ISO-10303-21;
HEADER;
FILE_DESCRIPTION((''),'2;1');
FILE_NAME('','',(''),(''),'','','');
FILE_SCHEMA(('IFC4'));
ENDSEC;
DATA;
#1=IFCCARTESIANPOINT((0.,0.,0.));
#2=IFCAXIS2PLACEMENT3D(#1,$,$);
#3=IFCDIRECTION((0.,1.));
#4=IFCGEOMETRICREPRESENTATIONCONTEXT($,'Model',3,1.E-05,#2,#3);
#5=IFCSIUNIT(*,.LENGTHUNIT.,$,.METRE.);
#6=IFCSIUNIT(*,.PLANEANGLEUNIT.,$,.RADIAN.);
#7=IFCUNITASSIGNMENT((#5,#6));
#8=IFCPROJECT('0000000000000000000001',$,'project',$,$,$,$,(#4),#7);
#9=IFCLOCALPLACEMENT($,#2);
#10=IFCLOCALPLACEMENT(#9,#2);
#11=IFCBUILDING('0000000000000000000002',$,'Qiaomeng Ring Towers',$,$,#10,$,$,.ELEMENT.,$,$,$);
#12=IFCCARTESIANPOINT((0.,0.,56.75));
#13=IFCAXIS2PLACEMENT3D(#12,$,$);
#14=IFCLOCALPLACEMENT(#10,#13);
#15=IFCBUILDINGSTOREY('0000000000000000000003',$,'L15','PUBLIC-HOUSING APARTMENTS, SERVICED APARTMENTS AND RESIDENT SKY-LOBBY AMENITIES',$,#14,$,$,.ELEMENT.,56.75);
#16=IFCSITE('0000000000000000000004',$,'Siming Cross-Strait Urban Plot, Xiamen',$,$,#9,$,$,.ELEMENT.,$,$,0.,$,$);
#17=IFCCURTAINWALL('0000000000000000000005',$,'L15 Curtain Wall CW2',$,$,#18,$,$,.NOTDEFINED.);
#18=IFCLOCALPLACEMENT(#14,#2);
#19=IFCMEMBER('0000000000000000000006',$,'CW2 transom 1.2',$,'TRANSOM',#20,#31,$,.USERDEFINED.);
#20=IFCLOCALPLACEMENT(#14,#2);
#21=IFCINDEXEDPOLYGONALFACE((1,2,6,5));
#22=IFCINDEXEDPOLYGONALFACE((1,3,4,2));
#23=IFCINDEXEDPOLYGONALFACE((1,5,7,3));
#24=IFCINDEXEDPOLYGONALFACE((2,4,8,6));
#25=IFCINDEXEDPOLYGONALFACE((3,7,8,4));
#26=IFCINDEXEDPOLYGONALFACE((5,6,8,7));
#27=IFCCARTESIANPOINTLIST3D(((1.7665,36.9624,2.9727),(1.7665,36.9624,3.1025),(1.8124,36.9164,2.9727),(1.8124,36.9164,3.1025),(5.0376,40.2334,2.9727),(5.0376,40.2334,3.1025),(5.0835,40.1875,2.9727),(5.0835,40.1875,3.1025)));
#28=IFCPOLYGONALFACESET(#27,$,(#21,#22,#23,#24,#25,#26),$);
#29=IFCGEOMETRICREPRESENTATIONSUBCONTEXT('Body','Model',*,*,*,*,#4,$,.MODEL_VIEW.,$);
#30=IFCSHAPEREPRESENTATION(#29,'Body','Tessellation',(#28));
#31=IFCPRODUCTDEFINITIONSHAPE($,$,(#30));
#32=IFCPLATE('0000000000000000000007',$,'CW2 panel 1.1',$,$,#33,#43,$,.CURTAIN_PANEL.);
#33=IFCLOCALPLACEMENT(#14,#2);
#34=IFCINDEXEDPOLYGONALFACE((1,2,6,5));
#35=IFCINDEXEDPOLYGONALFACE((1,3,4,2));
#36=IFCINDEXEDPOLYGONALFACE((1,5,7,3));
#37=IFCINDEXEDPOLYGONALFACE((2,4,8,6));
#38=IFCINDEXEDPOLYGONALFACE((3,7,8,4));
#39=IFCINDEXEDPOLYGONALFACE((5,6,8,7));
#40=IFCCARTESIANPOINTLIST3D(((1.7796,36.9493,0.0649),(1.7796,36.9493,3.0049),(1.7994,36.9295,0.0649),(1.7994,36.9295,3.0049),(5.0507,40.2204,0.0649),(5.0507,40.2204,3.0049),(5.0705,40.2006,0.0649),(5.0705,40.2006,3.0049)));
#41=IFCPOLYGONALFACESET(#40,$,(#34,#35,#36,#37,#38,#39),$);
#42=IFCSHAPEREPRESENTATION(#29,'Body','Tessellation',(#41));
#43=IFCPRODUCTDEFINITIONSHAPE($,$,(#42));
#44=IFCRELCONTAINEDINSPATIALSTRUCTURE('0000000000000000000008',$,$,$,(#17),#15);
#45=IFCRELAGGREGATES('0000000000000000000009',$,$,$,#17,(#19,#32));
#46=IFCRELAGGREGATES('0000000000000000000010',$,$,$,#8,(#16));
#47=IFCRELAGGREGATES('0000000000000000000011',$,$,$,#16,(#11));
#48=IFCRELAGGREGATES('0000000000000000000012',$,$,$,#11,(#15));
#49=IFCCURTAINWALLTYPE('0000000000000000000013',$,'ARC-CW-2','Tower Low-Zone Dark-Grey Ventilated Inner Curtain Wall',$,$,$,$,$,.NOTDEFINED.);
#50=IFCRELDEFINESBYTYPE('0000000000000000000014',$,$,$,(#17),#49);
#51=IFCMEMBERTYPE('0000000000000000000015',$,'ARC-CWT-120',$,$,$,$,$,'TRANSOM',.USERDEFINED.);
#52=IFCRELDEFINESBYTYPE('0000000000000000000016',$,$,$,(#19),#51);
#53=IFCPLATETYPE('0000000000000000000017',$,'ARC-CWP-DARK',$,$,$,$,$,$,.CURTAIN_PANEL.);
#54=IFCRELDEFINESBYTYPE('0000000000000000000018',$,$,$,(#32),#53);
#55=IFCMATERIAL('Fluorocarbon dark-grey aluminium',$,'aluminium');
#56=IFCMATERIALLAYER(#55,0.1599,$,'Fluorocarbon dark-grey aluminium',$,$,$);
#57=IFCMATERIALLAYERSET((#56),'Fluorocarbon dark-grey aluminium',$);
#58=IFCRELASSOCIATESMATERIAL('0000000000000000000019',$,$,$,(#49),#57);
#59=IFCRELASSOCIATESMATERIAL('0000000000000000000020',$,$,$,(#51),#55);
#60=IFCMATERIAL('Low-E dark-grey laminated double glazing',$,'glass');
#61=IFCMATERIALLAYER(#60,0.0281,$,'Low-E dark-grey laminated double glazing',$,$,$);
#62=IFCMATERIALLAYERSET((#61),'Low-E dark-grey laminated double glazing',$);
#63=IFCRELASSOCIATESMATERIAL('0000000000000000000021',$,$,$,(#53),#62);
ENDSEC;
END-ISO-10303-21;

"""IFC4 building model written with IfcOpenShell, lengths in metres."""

from ifc_helpers import new_model, si_unit, direction, frame, origin, origin_2d, place, context, subcontext, project, spatial, rectangle, extrude, source, transform, mapped, material, layer, layer_set, material_profile, profile_set, type_object, element, aggregate, save


model = new_model("IFC4")

# Units and contexts
model_context = context("Model", 3, precision=1e-05, world=origin(), true_north=direction((0.0, 1.0)))
body_context = subcontext(model_context, "Body", "Model", "MODEL_VIEW")
ifc_project = project(units=[si_unit("LENGTHUNIT", "METRE"), si_unit("PLANEANGLEUNIT", "RADIAN")], contexts=[model_context])

# Site, building, storey
site_placement = place(None, origin())
site = spatial("IfcSite", under=ifc_project, at=site_placement, Name="Siming Cross-Strait Urban Plot, Xiamen", CompositionType="ELEMENT", RefElevation=0.0)
building_placement = place(site_placement, origin())
building = spatial("IfcBuilding", under=site, at=building_placement, Name="Qiaomeng Ring Towers", CompositionType="ELEMENT")
storey_placement = place(building_placement, frame((0.0, 0.0, 56.75)))
storey = spatial("IfcBuildingStorey", under=building, at=storey_placement, Name="L15", Description="PUBLIC-HOUSING APARTMENTS, SERVICED APARTMENTS AND RESIDENT SKY-LOBBY AMENITIES", CompositionType="ELEMENT", Elevation=56.75)

# Curtain wall, member, plate
ifc_material_1 = material(Name="Fluorocarbon dark-grey aluminium", Category="aluminium")
ifc_layer_1 = layer(ifc_material_1, 0.1599, Name="Fluorocarbon dark-grey aluminium")
ifc_layer_set_1 = layer_set([ifc_layer_1], Name="Fluorocarbon dark-grey aluminium")
curtain_wall_type = type_object("IfcCurtainWallType", Name="ARC-CW-2", Description="Tower Low-Zone Dark-Grey Ventilated Inner Curtain Wall", PredefinedType="NOTDEFINED", material=ifc_layer_set_1)
curtain_wall_placement = place(storey_placement, origin())
curtain_wall = element("IfcCurtainWall", 1, at=curtain_wall_placement, inside=storey, type_object=curtain_wall_type, Name="L15 Curtain Wall CW2", PredefinedType="NOTDEFINED")
ifc_material_profile_1 = material_profile(ifc_material_1, rectangle(XDim=0.0649, YDim=0.1299, at=origin_2d()), Name="ALU TRAN 65x130")
ifc_profile_set_1 = profile_set([ifc_material_profile_1], Name="Fluorocarbon dark-grey aluminium")
member_type_1 = type_object("IfcMemberType", Name="ARC-CWT-120", ElementType="TRANSOM", PredefinedType="USERDEFINED", material=ifc_profile_set_1)
shared_shape_1 = source(origin(), body_context, "Body", "SweptSolid", [
    extrude(rectangle(XDim=0.0649, YDim=0.1299, at=origin_2d()), origin(), (0.0, 0.0, 1.0), 4.626),
])
member_1_placement = place(storey_placement, frame((5.0605, 40.2104, 3.0376), z_axis=(-0.707107, -0.707107, 0.0), x_axis=(0.707107, -0.707107, 0.0)))
member_1 = element("IfcMember", 2, at=member_1_placement, type_object=member_type_1, Name="CW2 transom 1.2", ObjectType="TRANSOM", PredefinedType="USERDEFINED", context=body_context, shape_type="MappedRepresentation", body=[
    mapped(shared_shape_1, transform((0.0, 0.0, 0.0), x_axis=(1.0, 0.0, 0.0), y_axis=(0.0, 1.0, 0.0), z_axis=(0.0, 0.0, 1.0), scale=1.0)),
])
ifc_material_2 = material(Name="Low-E dark-grey laminated double glazing", Category="glass")
ifc_layer_2 = layer(ifc_material_2, 0.0281, Name="Low-E dark-grey laminated double glazing")
ifc_layer_set_2 = layer_set([ifc_layer_2], Name="Low-E dark-grey laminated double glazing")
plate_type = type_object("IfcPlateType", Name="ARC-CWP-DARK", PredefinedType="CURTAIN_PANEL", material=ifc_layer_set_2)
shared_shape_2 = source(origin(), body_context, "Body", "SweptSolid", [
    extrude(rectangle(XDim=4.626, YDim=0.0281, at=origin_2d()), origin(), (0.0, 0.0, 1.0), 2.9399),
])
plate_placement = place(storey_placement, frame((3.425, 38.575, 0.0649), z_axis=(0.0, 0.0, 1.0), x_axis=(-0.707107, -0.707107, 0.0)))
plate = element("IfcPlate", 3, at=plate_placement, type_object=plate_type, Name="CW2 panel 1.1", PredefinedType="CURTAIN_PANEL", context=body_context, shape_type="MappedRepresentation", body=[
    mapped(shared_shape_2, transform((0.0, 0.0, 0.0), x_axis=(1.0, 0.0, 0.0), y_axis=(0.0, 1.0, 0.0), z_axis=(0.0, 0.0, 1.0), scale=1.0)),
])
aggregate(curtain_wall, [member_1, plate])

save(model, "model.ifc")
